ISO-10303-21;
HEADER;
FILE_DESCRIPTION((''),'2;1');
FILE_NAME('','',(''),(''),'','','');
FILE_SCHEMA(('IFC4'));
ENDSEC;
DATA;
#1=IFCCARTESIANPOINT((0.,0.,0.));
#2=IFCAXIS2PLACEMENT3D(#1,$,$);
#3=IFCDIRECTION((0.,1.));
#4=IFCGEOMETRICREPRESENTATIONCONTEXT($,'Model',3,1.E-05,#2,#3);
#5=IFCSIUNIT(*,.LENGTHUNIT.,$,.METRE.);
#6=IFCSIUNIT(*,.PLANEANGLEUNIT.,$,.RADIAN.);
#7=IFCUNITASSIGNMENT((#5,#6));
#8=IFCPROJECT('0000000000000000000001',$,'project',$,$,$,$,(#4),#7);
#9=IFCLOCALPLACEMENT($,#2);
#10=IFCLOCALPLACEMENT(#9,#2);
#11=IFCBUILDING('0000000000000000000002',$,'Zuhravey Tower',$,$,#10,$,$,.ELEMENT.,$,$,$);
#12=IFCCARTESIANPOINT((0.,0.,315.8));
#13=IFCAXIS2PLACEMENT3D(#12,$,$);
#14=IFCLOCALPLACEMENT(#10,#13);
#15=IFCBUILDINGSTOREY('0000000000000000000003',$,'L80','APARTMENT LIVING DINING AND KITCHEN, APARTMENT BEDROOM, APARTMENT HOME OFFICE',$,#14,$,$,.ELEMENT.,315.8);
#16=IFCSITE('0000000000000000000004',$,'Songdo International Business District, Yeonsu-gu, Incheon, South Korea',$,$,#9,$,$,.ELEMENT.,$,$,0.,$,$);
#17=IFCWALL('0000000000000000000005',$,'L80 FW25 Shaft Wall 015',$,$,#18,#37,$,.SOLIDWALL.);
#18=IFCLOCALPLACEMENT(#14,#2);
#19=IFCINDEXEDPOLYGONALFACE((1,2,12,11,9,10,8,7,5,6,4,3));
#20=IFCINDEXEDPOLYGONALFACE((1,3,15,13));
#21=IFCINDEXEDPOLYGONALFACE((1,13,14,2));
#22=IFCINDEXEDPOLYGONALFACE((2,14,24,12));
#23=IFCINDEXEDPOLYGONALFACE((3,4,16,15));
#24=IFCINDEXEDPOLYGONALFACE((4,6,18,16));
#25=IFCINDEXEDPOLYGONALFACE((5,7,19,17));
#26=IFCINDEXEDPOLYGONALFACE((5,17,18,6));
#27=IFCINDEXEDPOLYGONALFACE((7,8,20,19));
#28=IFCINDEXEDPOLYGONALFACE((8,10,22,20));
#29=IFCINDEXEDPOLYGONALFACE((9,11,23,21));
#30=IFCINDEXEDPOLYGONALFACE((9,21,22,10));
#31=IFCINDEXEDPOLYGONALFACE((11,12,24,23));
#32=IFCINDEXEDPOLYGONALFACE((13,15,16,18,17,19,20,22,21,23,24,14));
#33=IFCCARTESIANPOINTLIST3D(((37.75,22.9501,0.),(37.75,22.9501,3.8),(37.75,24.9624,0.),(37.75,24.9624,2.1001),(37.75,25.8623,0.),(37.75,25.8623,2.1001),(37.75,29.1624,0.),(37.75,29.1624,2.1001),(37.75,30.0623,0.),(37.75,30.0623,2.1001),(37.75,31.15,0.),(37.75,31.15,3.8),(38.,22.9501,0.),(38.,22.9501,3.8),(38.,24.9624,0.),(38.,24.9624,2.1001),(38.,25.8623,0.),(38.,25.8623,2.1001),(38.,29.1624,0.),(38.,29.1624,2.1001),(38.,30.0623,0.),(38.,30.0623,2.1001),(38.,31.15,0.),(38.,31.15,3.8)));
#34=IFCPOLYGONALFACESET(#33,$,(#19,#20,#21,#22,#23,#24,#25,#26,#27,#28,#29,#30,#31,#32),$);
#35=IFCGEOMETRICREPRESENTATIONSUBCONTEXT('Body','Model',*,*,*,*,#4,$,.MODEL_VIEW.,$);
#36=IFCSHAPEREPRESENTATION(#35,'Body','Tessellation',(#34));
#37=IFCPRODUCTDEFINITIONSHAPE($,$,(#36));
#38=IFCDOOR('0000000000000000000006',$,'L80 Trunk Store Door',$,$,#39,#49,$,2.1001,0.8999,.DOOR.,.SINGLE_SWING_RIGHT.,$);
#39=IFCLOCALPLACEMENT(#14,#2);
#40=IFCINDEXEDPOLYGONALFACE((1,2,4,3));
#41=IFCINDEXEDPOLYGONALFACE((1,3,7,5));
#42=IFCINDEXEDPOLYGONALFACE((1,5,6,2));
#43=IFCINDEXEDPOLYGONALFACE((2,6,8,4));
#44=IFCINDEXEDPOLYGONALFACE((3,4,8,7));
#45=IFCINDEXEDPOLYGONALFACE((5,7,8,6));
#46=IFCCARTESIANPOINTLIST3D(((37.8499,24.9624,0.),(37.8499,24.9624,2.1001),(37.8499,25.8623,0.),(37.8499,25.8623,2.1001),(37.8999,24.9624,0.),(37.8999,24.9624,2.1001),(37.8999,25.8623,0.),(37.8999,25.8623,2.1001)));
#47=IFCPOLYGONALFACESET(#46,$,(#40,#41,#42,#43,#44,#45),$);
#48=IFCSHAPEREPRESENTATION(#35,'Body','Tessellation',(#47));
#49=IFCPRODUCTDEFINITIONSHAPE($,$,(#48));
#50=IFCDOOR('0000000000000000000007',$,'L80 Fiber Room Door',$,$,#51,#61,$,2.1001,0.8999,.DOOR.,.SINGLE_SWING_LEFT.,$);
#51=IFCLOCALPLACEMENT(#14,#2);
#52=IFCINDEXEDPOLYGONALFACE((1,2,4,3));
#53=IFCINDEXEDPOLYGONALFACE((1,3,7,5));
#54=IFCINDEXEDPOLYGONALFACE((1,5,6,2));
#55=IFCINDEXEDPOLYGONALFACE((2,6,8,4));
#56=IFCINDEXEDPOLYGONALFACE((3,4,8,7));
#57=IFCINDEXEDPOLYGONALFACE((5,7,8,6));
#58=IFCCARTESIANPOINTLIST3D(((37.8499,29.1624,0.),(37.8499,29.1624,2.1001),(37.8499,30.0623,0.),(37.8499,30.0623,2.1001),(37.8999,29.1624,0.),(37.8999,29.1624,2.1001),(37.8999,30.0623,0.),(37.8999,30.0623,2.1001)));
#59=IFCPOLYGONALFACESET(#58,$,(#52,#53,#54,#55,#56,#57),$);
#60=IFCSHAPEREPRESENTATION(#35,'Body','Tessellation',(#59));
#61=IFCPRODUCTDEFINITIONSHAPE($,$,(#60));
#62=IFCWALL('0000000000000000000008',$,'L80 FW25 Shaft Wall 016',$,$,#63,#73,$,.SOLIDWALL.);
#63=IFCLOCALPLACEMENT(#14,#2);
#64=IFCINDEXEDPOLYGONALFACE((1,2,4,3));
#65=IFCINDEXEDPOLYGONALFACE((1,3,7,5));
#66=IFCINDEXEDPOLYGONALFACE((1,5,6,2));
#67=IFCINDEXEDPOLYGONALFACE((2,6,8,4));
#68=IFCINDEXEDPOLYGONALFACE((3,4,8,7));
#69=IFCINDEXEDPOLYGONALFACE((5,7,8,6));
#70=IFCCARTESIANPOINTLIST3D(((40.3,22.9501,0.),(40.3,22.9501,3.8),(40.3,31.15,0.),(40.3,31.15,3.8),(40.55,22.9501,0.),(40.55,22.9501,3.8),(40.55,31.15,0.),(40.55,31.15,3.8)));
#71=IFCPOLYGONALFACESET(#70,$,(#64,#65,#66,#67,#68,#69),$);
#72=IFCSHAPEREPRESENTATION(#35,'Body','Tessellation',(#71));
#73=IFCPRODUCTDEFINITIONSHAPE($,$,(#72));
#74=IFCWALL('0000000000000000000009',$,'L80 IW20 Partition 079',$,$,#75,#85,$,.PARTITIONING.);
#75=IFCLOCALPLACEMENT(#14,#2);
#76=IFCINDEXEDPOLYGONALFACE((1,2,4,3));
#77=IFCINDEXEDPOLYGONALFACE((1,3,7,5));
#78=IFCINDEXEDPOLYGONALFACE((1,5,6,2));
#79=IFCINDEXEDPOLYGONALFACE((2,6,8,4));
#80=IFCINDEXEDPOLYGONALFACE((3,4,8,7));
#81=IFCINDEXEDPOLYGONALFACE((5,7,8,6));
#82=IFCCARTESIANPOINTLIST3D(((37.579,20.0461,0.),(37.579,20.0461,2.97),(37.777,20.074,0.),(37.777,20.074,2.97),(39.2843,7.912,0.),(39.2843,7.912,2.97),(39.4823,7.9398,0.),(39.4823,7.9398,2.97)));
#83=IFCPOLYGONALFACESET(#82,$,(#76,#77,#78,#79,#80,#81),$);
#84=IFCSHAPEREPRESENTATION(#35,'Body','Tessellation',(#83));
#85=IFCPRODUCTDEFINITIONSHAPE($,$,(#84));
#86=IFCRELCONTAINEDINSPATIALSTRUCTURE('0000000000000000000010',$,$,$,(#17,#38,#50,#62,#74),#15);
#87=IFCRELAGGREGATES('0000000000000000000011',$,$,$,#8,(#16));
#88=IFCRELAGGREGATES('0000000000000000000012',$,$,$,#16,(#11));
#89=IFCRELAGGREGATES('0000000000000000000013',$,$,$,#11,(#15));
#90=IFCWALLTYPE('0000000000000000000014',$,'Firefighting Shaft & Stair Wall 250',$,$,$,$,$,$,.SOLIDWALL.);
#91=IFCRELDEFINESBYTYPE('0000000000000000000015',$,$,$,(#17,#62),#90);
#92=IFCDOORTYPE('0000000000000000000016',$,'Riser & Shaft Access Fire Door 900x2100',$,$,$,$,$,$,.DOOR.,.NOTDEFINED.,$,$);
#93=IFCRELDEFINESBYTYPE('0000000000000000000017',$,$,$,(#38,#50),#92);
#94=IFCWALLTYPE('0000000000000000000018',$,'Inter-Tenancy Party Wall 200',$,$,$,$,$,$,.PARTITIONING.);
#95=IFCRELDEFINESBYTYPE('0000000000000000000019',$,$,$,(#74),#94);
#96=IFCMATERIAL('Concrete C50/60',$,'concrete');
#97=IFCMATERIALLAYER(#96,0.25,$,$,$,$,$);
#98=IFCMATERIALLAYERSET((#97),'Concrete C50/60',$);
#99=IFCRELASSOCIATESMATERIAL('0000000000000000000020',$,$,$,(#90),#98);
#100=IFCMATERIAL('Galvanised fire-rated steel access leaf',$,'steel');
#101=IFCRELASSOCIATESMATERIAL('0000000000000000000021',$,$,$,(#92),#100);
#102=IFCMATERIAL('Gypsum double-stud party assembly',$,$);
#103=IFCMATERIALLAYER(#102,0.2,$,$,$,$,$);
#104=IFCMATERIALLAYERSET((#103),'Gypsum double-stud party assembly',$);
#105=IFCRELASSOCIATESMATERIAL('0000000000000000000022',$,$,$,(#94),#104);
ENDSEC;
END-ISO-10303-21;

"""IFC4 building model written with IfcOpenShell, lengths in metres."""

from ifc_helpers import new_model, si_unit, direction, frame, frame_2d, origin, place, context, subcontext, project, spatial, rectangle, extrude, material, layer, layer_set, type_object, element, fill, save


model = new_model("IFC4")

# Units and contexts
model_context = context("Model", 3, precision=1e-05, world=origin(), true_north=direction((0.0, 1.0)))
body_context = subcontext(model_context, "Body", "Model", "MODEL_VIEW")
ifc_project = project(units=[si_unit("LENGTHUNIT", "METRE"), si_unit("PLANEANGLEUNIT", "RADIAN")], contexts=[model_context])

# Site, building, storey
site_placement = place(None, origin())
site = spatial("IfcSite", under=ifc_project, at=site_placement, Name="Songdo International Business District, Yeonsu-gu, Incheon, South Korea", CompositionType="ELEMENT", RefElevation=0.0)
building_placement = place(site_placement, origin())
building = spatial("IfcBuilding", under=site, at=building_placement, Name="Zuhravey Tower", CompositionType="ELEMENT")
storey_placement = place(building_placement, frame((0.0, 0.0, 315.8)))
storey = spatial("IfcBuildingStorey", under=building, at=storey_placement, Name="L80", Description="APARTMENT LIVING DINING AND KITCHEN, APARTMENT BEDROOM, APARTMENT HOME OFFICE", CompositionType="ELEMENT", Elevation=315.8)

# Shared definitions
ifc_material_1 = material(Name="Concrete C50/60", Category="concrete")

# Shared definitions
ifc_layer_1 = layer(ifc_material_1, 0.25)
ifc_layer_set_1 = layer_set([ifc_layer_1], Name="Concrete C50/60")
wall_type_1 = type_object("IfcWallType", Name="Firefighting Shaft & Stair Wall 250", PredefinedType="SOLIDWALL", material=ifc_layer_set_1)

# Shared definitions
ifc_material_2 = material(Name="Galvanised fire-rated steel access leaf", Category="steel")
door_type_1 = type_object("IfcDoorType", Name="Riser & Shaft Access Fire Door 900x2100", OperationType="NOTDEFINED", PredefinedType="DOOR", material=ifc_material_2)

# Wall, openings, doors
wall_1_placement = place(storey_placement, frame((37.875, 22.95, 0.0), z_axis=(0.0, 0.0, 1.0), x_axis=(0.0, 1.0, 0.0)))
wall_1 = element("IfcWall", 1, at=wall_1_placement, inside=storey, type_object=wall_type_1, Name="L80 FW25 Shaft Wall 015", PredefinedType="SOLIDWALL", context=body_context, shape_type="SweptSolid", body=[
    extrude(rectangle(XDim=8.2, YDim=0.25, at=frame_2d((4.1001, 0.0))), origin(), (0.0, 0.0, 1.0), 3.8),
])
opening_1_placement = place(wall_1_placement, frame((2.0125, 0.0, 0.0)))
opening_1 = element("IfcOpeningElement", 2, at=opening_1_placement, cuts=wall_1, PredefinedType="OPENING", context=body_context, shape_type="SweptSolid", body=[
    extrude(rectangle(XDim=0.8999, YDim=2.1001, at=frame_2d((0.45, 1.05))), frame((0.0, 0.137, 0.0), z_axis=(0.0, -1.0, 0.0), x_axis=(1.0, 0.0, 0.0)), (0.0, 0.0, 1.0), 0.2739),
])
opening_2_placement = place(wall_1_placement, frame((6.2124, 0.0, 0.0)))
opening_2 = element("IfcOpeningElement", 3, at=opening_2_placement, cuts=wall_1, PredefinedType="OPENING", context=body_context, shape_type="SweptSolid", body=[
    extrude(rectangle(XDim=0.8999, YDim=2.1001, at=frame_2d((0.45, 1.05))), frame((0.0, 0.137, 0.0), z_axis=(0.0, -1.0, 0.0), x_axis=(1.0, 0.0, 0.0)), (0.0, 0.0, 1.0), 0.2739),
])
door_1_placement = place(opening_1_placement, frame((0.8999, 0.0, 0.0), z_axis=(0.0, 0.0, 1.0), x_axis=(-1.0, 0.0, 0.0)))
door_1 = element("IfcDoor", 4, at=door_1_placement, inside=storey, type_object=door_type_1, Name="L80 Trunk Store Door", OperationType="SINGLE_SWING_RIGHT", OverallHeight=2.1001, OverallWidth=0.8999, PredefinedType="DOOR", context=body_context, shape_type="SweptSolid", body=[
    extrude(rectangle(XDim=0.8999, YDim=2.1001, at=frame_2d((0.45, 1.05))), frame((0.0, 0.0249, 0.0), z_axis=(0.0, -1.0, 0.0), x_axis=(1.0, 0.0, 0.0)), (0.0, 0.0, 1.0), 0.05),
])
fill(opening_1, door_1)
door_2_placement = place(opening_2_placement, frame((0.8999, 0.0, 0.0), z_axis=(0.0, 0.0, 1.0), x_axis=(-1.0, 0.0, 0.0)))
door_2 = element("IfcDoor", 5, at=door_2_placement, inside=storey, type_object=door_type_1, Name="L80 Fiber Room Door", OperationType="SINGLE_SWING_LEFT", OverallHeight=2.1001, OverallWidth=0.8999, PredefinedType="DOOR", context=body_context, shape_type="SweptSolid", body=[
    extrude(rectangle(XDim=0.8999, YDim=2.1001, at=frame_2d((0.45, 1.05))), frame((0.0, 0.0249, 0.0), z_axis=(0.0, -1.0, 0.0), x_axis=(1.0, 0.0, 0.0)), (0.0, 0.0, 1.0), 0.05),
])
fill(opening_2, door_2)

# Walls
wall_2_placement = place(storey_placement, frame((40.425, 22.95, 0.0), z_axis=(0.0, 0.0, 1.0), x_axis=(0.0, 1.0, 0.0)))
element("IfcWall", 6, at=wall_2_placement, inside=storey, type_object=wall_type_1, Name="L80 FW25 Shaft Wall 016", PredefinedType="SOLIDWALL", context=body_context, shape_type="SweptSolid", body=[
    extrude(rectangle(XDim=8.2, YDim=0.25, at=frame_2d((4.1001, 0.0))), origin(), (0.0, 0.0, 1.0), 3.8),
])
ifc_material_3 = material(Name="Gypsum double-stud party assembly")
ifc_layer_2 = layer(ifc_material_3, 0.2)
ifc_layer_set_2 = layer_set([ifc_layer_2], Name="Gypsum double-stud party assembly")
wall_type_2 = type_object("IfcWallType", Name="Inter-Tenancy Party Wall 200", PredefinedType="PARTITIONING", material=ifc_layer_set_2)
wall_3_placement = place(storey_placement, frame((37.678, 20.0601, 0.0), z_axis=(0.0, 0.0, 1.0), x_axis=(0.13917, -0.990269, 0.0)))
element("IfcWall", 7, at=wall_3_placement, inside=storey, type_object=wall_type_2, Name="L80 IW20 Partition 079", PredefinedType="PARTITIONING", context=body_context, shape_type="SweptSolid", body=[
    extrude(rectangle(XDim=12.2534, YDim=0.2, at=frame_2d((6.1267, 0.0))), origin(), (0.0, 0.0, 1.0), 2.97),
])

save(model, "model.ifc")
